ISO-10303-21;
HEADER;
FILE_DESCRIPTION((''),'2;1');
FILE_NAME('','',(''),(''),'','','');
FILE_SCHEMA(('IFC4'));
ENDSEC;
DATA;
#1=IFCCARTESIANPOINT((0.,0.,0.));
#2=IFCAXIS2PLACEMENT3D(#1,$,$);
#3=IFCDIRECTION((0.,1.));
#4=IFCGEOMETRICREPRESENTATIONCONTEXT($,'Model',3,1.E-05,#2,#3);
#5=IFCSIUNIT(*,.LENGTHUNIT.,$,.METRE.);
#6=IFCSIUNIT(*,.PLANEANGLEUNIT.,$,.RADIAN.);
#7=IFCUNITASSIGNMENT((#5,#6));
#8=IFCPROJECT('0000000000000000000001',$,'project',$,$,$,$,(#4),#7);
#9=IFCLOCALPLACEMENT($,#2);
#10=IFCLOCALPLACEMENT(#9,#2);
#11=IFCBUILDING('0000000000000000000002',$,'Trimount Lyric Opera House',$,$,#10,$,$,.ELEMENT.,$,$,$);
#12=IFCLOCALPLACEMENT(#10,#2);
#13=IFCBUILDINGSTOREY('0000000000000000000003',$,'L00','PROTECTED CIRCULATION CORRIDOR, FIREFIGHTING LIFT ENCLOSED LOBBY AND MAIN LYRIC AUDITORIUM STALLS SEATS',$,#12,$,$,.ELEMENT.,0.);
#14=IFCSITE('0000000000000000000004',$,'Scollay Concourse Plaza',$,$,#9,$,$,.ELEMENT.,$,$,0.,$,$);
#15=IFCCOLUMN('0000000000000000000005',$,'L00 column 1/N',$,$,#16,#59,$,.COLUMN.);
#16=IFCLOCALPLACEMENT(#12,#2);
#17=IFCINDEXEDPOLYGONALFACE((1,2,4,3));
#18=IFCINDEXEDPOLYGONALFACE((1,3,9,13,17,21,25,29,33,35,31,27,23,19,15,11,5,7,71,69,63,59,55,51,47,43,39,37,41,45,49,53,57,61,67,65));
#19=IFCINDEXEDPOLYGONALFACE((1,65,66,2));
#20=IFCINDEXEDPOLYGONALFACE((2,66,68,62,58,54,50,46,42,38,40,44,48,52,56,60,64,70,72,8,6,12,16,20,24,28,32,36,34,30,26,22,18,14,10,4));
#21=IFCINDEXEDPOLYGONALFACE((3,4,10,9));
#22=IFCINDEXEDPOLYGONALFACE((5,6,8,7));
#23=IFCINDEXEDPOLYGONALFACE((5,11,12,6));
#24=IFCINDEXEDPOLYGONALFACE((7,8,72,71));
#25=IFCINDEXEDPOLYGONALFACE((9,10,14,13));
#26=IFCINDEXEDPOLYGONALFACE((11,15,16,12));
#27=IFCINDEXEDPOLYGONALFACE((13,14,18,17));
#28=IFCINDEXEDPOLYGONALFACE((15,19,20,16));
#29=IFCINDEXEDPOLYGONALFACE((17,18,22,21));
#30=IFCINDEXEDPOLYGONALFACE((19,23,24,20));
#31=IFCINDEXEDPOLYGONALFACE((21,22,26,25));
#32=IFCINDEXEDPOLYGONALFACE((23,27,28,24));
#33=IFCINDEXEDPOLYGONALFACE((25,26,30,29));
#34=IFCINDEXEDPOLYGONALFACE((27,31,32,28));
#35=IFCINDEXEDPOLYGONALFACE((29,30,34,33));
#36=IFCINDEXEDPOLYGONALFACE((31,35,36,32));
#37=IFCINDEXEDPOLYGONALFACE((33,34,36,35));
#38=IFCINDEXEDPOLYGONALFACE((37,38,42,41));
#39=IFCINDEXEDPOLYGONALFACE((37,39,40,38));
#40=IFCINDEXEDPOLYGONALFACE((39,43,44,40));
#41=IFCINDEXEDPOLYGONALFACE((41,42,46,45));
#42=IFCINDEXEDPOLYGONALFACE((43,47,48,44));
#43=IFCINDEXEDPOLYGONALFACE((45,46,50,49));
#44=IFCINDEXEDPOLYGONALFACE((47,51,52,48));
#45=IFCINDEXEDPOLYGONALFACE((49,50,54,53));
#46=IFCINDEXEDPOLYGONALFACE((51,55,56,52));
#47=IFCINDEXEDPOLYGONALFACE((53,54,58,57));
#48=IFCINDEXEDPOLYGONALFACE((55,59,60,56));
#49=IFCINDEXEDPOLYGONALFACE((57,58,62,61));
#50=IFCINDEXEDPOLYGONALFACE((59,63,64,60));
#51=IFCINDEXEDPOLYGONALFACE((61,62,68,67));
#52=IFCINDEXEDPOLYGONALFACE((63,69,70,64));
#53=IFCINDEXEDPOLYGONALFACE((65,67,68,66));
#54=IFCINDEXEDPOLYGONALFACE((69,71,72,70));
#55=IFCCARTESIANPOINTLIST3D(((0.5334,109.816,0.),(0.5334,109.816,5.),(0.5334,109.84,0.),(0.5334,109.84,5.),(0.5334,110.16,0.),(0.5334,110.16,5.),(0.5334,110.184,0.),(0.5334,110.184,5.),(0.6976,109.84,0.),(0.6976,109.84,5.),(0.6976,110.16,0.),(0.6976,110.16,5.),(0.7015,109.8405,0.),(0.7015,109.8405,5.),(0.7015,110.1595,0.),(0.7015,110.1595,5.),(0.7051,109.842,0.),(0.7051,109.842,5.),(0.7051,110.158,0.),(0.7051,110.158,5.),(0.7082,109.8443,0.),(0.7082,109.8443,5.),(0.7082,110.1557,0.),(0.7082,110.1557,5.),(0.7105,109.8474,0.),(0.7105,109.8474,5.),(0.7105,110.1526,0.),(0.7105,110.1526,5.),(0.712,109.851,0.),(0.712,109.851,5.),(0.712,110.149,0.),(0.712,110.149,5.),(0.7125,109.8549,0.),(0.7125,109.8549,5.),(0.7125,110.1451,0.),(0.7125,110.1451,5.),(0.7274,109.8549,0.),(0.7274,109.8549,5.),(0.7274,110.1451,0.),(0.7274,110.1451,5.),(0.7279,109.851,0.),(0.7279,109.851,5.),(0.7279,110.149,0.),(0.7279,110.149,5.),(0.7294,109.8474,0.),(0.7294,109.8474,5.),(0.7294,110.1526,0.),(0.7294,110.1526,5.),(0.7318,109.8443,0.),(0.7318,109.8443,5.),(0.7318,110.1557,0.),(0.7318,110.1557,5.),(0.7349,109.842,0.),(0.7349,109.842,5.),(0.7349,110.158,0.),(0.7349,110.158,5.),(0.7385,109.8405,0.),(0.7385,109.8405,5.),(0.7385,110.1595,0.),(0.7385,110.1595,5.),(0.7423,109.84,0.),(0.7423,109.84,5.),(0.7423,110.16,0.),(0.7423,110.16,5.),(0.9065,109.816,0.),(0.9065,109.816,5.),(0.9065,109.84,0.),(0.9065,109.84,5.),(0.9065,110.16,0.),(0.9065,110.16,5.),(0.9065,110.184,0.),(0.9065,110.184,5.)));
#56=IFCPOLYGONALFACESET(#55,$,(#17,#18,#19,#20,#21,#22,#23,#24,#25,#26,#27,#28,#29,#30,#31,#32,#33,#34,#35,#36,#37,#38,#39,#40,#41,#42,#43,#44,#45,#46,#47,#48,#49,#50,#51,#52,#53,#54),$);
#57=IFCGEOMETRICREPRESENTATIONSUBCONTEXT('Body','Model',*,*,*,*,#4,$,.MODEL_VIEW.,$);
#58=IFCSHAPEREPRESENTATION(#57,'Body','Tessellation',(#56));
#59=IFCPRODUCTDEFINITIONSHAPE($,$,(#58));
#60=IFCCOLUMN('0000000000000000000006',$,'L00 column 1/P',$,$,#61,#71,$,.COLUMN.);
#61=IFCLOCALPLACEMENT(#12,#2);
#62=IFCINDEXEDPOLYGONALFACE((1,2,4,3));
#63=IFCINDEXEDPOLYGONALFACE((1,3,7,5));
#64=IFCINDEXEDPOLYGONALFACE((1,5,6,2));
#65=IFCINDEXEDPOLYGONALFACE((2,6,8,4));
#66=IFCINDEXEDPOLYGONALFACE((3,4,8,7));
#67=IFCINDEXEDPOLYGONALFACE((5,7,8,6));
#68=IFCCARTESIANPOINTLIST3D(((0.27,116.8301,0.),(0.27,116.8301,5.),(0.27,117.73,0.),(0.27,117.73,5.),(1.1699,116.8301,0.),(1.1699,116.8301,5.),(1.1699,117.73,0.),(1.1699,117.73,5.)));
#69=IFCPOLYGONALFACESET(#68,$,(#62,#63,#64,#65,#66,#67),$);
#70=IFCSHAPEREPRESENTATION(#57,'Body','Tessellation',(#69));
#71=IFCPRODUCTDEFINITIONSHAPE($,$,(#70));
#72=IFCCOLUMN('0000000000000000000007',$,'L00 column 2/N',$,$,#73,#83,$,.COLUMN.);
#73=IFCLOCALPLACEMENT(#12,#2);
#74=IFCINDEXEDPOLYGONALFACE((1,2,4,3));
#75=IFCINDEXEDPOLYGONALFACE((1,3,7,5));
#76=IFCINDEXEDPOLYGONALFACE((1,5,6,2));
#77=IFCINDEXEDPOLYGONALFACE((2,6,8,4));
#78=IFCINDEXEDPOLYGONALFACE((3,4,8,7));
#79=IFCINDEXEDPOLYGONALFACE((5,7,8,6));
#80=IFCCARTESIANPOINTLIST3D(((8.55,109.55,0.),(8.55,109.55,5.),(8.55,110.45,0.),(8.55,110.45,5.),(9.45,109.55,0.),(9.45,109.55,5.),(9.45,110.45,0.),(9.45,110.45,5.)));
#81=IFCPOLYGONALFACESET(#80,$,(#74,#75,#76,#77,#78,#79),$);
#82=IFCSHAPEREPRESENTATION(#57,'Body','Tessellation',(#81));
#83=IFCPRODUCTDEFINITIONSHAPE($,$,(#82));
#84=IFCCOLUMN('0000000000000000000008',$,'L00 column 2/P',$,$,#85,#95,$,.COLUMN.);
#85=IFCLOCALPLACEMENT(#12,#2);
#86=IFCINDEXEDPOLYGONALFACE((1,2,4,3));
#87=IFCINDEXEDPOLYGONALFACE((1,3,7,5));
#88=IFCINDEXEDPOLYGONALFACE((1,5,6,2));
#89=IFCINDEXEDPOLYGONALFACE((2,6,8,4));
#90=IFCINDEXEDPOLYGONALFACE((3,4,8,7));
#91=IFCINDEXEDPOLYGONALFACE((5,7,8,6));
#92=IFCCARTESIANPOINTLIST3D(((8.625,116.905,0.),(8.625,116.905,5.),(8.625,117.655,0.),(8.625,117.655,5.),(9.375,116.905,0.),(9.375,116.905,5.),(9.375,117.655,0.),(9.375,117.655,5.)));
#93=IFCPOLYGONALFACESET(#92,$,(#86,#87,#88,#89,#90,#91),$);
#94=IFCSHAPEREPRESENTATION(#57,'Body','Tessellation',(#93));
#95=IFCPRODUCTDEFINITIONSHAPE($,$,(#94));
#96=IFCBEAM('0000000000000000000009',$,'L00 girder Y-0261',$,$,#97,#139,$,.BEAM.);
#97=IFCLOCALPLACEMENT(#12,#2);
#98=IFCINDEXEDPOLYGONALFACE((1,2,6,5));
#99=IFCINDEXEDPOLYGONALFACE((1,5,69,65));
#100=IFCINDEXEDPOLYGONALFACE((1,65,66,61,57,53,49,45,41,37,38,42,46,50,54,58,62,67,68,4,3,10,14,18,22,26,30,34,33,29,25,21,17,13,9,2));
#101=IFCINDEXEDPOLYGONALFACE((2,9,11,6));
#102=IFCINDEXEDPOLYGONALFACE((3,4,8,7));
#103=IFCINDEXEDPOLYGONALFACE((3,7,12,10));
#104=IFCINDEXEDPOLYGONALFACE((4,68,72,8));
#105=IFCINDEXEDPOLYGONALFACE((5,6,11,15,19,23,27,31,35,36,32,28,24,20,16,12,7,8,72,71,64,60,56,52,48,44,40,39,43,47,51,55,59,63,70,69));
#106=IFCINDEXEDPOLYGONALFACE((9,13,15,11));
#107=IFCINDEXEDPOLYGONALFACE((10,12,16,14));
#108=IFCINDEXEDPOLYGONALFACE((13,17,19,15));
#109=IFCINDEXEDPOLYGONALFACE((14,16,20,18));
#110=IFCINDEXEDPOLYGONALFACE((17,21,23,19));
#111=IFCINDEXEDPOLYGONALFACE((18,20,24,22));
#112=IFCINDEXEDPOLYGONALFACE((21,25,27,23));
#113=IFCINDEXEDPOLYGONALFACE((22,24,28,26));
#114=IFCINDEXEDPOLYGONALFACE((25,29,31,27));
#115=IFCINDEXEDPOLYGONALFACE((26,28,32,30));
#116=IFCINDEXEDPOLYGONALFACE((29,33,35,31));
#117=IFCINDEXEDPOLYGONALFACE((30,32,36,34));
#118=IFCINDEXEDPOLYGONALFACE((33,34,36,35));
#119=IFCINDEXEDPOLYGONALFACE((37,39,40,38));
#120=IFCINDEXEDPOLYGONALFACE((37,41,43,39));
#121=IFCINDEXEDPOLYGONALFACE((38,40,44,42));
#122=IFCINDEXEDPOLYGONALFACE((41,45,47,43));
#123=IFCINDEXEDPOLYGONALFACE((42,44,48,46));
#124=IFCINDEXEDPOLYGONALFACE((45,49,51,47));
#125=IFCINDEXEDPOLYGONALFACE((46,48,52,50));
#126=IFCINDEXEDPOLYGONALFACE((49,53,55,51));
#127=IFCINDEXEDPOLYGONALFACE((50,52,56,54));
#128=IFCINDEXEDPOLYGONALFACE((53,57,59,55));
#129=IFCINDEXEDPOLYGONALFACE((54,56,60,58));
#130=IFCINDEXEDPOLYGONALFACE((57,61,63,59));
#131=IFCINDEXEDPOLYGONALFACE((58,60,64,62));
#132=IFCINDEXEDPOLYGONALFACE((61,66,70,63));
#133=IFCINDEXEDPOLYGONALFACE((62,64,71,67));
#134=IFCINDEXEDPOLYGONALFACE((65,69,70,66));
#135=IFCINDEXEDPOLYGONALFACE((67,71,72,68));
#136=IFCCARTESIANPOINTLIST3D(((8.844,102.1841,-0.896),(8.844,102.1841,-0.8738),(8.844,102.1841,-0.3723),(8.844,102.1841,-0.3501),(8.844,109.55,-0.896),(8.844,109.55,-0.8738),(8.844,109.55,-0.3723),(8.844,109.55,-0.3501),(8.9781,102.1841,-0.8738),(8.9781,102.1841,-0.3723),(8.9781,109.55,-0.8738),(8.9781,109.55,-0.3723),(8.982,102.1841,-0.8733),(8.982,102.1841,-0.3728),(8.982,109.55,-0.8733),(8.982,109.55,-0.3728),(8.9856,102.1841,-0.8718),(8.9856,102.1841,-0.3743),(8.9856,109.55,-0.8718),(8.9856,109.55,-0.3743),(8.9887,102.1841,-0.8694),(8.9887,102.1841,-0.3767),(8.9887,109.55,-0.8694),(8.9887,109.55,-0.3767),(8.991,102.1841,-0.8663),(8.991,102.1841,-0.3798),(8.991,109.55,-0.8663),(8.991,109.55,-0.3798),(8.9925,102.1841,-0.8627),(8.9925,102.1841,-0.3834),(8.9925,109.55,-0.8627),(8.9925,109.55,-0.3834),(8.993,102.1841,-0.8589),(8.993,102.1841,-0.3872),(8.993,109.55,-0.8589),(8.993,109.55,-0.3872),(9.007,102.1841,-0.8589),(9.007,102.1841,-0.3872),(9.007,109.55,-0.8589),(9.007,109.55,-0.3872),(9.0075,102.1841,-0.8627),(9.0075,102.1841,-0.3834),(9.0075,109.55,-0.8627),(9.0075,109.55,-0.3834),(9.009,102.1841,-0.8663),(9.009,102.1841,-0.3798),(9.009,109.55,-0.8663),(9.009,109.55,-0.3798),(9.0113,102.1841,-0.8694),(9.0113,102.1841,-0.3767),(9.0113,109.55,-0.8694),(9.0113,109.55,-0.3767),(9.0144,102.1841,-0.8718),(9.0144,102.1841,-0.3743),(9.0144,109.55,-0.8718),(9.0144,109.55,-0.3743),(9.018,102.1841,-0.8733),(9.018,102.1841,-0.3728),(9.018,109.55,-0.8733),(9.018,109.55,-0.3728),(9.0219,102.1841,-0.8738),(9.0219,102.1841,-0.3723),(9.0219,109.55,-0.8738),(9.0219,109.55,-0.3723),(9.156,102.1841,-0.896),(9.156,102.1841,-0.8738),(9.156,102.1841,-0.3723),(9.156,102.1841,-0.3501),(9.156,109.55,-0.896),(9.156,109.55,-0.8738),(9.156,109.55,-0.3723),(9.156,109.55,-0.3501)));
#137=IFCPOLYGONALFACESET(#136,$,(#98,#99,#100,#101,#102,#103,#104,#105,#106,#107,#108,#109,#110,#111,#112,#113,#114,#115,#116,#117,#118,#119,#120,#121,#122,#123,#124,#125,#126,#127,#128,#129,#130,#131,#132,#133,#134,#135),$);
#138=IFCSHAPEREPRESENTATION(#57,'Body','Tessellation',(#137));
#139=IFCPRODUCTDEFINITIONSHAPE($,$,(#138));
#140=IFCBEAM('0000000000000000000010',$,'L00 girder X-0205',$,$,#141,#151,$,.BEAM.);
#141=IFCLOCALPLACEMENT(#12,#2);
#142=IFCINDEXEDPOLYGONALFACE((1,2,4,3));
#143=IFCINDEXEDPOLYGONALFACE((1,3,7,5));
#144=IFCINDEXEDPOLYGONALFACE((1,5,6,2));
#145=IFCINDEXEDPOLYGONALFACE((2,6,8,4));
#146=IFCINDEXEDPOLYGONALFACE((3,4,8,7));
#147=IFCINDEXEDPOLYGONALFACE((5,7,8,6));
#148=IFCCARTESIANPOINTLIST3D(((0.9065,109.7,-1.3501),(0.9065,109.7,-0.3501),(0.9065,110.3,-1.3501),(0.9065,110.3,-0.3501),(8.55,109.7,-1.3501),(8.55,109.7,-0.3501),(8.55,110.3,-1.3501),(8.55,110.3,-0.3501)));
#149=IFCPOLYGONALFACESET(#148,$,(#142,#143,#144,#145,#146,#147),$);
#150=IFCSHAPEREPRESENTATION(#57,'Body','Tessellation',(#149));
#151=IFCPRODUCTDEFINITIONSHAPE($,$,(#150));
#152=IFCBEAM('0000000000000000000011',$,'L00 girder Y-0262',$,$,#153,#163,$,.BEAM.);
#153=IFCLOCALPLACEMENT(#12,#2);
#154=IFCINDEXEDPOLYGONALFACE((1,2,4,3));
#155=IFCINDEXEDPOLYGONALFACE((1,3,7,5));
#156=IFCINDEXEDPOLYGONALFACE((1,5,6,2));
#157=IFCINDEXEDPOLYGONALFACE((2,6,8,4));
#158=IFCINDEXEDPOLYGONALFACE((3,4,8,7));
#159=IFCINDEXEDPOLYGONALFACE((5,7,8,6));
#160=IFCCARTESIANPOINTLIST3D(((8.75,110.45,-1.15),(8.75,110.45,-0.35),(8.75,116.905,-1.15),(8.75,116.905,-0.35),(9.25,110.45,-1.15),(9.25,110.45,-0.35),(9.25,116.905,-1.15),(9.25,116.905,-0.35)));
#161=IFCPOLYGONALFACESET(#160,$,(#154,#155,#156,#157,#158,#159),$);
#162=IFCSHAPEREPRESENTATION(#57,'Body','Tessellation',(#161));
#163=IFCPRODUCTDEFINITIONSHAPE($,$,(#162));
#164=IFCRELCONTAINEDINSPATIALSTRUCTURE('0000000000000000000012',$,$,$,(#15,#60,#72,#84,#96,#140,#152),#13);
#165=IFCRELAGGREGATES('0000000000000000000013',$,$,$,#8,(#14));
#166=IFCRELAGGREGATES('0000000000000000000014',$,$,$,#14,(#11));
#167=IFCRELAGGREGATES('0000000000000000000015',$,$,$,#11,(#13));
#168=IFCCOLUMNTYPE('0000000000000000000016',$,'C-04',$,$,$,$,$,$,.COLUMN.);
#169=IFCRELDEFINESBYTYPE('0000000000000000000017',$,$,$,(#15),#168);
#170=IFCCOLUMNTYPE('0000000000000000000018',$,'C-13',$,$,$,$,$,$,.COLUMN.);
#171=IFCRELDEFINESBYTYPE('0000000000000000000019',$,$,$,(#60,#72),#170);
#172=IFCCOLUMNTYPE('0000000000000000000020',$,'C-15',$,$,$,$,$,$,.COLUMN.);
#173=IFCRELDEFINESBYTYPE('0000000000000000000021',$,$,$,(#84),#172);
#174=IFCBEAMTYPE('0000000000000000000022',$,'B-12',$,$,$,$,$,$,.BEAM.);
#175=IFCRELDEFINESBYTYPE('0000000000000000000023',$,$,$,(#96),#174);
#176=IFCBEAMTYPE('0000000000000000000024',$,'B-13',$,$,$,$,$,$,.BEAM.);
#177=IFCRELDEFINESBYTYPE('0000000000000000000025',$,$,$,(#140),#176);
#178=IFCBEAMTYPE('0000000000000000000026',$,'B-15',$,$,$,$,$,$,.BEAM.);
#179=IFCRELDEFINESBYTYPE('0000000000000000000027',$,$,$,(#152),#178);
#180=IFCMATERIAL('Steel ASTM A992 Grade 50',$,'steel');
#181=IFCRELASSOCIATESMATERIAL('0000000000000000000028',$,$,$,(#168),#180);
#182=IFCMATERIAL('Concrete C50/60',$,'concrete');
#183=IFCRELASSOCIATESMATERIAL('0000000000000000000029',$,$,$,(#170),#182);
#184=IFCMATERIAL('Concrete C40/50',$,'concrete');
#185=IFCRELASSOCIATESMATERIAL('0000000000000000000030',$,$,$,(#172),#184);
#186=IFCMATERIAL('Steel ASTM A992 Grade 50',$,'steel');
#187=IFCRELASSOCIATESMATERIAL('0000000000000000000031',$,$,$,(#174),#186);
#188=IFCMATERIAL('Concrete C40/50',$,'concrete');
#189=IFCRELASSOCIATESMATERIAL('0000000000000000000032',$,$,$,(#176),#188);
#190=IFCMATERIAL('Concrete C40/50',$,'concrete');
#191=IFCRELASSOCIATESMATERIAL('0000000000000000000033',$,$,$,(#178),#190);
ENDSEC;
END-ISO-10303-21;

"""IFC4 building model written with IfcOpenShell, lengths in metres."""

from ifc_helpers import new_model, si_unit, direction, frame, origin, origin_2d, place, context, subcontext, project, spatial, rectangle, i_section, extrude, material, material_profile, profile_set, type_object, element, save


model = new_model("IFC4")

# Units and contexts
model_context = context("Model", 3, precision=1e-05, world=origin(), true_north=direction((0.0, 1.0)))
body_context = subcontext(model_context, "Body", "Model", "MODEL_VIEW")
ifc_project = project(units=[si_unit("LENGTHUNIT", "METRE"), si_unit("PLANEANGLEUNIT", "RADIAN")], contexts=[model_context])

# Site, building, storey
site_placement = place(None, origin())
site = spatial("IfcSite", under=ifc_project, at=site_placement, Name="Scollay Concourse Plaza", CompositionType="ELEMENT", RefElevation=0.0)
building_placement = place(site_placement, origin())
building = spatial("IfcBuilding", under=site, at=building_placement, Name="Trimount Lyric Opera House", CompositionType="ELEMENT")
storey_placement = place(building_placement, origin())
storey = spatial("IfcBuildingStorey", under=building, at=storey_placement, Name="L00", Description="PROTECTED CIRCULATION CORRIDOR, FIREFIGHTING LIFT ENCLOSED LOBBY AND MAIN LYRIC AUDITORIUM STALLS SEATS", CompositionType="ELEMENT", Elevation=0.0)

# Columns
ifc_material_1 = material(Name="Steel ASTM A992 Grade 50", Category="steel")
ifc_material_profile_1 = material_profile(ifc_material_1, i_section(OverallWidth=0.373, OverallDepth=0.3679, WebThickness=0.0149, FlangeThickness=0.0239, FilletRadius=0.0149, at=origin_2d()), Name="W14X120")
ifc_profile_set_1 = profile_set([ifc_material_profile_1], Name="Steel ASTM A992 Grade 50")
column_type_1 = type_object("IfcColumnType", Name="C-04", PredefinedType="COLUMN", material=ifc_profile_set_1)
column_1_placement = place(storey_placement, frame((0.72, 110.0, 0.0), z_axis=(0.0, 0.0, 1.0), x_axis=(1.0, 0.0, 0.0)))
element("IfcColumn", 1, at=column_1_placement, inside=storey, type_object=column_type_1, Name="L00 column 1/N", PredefinedType="COLUMN", context=body_context, shape_type="SweptSolid", body=[
    extrude(i_section(OverallWidth=0.373, OverallDepth=0.3679, WebThickness=0.0149, FlangeThickness=0.0239, FilletRadius=0.0149, at=origin_2d()), origin(), (0.0, 0.0, 1.0), 5.0),
])
ifc_material_2 = material(Name="Concrete C50/60", Category="concrete")
ifc_material_profile_2 = material_profile(ifc_material_2, rectangle(XDim=0.8999, YDim=0.8999, at=origin_2d()), Name="RC900X900")
ifc_profile_set_2 = profile_set([ifc_material_profile_2], Name="Concrete C50/60")
column_type_2 = type_object("IfcColumnType", Name="C-13", PredefinedType="COLUMN", material=ifc_profile_set_2)
for number, where, z_axis, x_axis, name in (
    (2, (0.72, 117.28, 0.0), (0.0, 0.0, 1.0), (1.0, 0.0, 0.0), "L00 column 1/P"),
    (3, (9.0, 110.0, 0.0), (0.0, 0.0, 1.0), (1.0, 0.0, 0.0), "L00 column 2/N"),
):
    element("IfcColumn", number, at=place(storey_placement, frame(where, z_axis=z_axis, x_axis=x_axis)), inside=storey, type_object=column_type_2, Name=name, PredefinedType="COLUMN", context=body_context, shape_type="SweptSolid", body=[
        extrude(rectangle(XDim=0.8999, YDim=0.8999, at=origin_2d()), origin(), (0.0, 0.0, 1.0), 5.0),
    ])
ifc_material_3 = material(Name="Concrete C40/50", Category="concrete")
ifc_material_profile_3 = material_profile(ifc_material_3, rectangle(XDim=0.75, YDim=0.75, at=origin_2d()), Name="RC750X750")
ifc_profile_set_3 = profile_set([ifc_material_profile_3], Name="Concrete C40/50")
column_type_3 = type_object("IfcColumnType", Name="C-15", PredefinedType="COLUMN", material=ifc_profile_set_3)
column_2_placement = place(storey_placement, frame((9.0, 117.28, 0.0), z_axis=(0.0, 0.0, 1.0), x_axis=(1.0, 0.0, 0.0)))
element("IfcColumn", 4, at=column_2_placement, inside=storey, type_object=column_type_3, Name="L00 column 2/P", PredefinedType="COLUMN", context=body_context, shape_type="SweptSolid", body=[
    extrude(rectangle(XDim=0.75, YDim=0.75, at=origin_2d()), origin(), (0.0, 0.0, 1.0), 5.0),
])

# Beams
ifc_material_4 = material(Name="Steel ASTM A992 Grade 50", Category="steel")
ifc_material_profile_4 = material_profile(ifc_material_4, i_section(OverallWidth=0.312, OverallDepth=0.5459, WebThickness=0.0139, FlangeThickness=0.0222, FilletRadius=0.0149, at=origin_2d()), Name="W21X111")
ifc_profile_set_4 = profile_set([ifc_material_profile_4], Name="Steel ASTM A992 Grade 50")
beam_type_1 = type_object("IfcBeamType", Name="B-12", PredefinedType="BEAM", material=ifc_profile_set_4)
beam_1_placement = place(storey_placement, frame((9.0, 102.1841, -0.623), z_axis=(0.0, 1.0, 0.0), x_axis=(-1.0, 0.0, 0.0)))
element("IfcBeam", 5, at=beam_1_placement, inside=storey, type_object=beam_type_1, Name="L00 girder Y-0261", PredefinedType="BEAM", context=body_context, shape_type="SweptSolid", body=[
    extrude(i_section(OverallWidth=0.312, OverallDepth=0.5459, WebThickness=0.0139, FlangeThickness=0.0222, FilletRadius=0.0149, at=origin_2d()), origin(), (0.0, 0.0, 1.0), 7.366),
])
ifc_material_5 = material(Name="Concrete C40/50", Category="concrete")
ifc_material_profile_5 = material_profile(ifc_material_5, rectangle(XDim=0.6001, YDim=1.0, at=origin_2d()), Name="RC600X1000")
ifc_profile_set_5 = profile_set([ifc_material_profile_5], Name="Concrete C40/50")
beam_type_2 = type_object("IfcBeamType", Name="B-13", PredefinedType="BEAM", material=ifc_profile_set_5)
beam_2_placement = place(storey_placement, frame((0.9065, 110.0, -0.8501), z_axis=(1.0, 0.0, 0.0), x_axis=(0.0, 1.0, 0.0)))
element("IfcBeam", 6, at=beam_2_placement, inside=storey, type_object=beam_type_2, Name="L00 girder X-0205", PredefinedType="BEAM", context=body_context, shape_type="SweptSolid", body=[
    extrude(rectangle(XDim=0.6001, YDim=1.0, at=origin_2d()), origin(), (0.0, 0.0, 1.0), 7.6436),
])
ifc_material_6 = material(Name="Concrete C40/50", Category="concrete")
ifc_material_profile_6 = material_profile(ifc_material_6, rectangle(XDim=0.5, YDim=0.8, at=origin_2d()), Name="RC500X800")
ifc_profile_set_6 = profile_set([ifc_material_profile_6], Name="Concrete C40/50")
beam_type_3 = type_object("IfcBeamType", Name="B-15", PredefinedType="BEAM", material=ifc_profile_set_6)
beam_3_placement = place(storey_placement, frame((9.0, 110.45, -0.75), z_axis=(0.0, 1.0, 0.0), x_axis=(-1.0, 0.0, 0.0)))
element("IfcBeam", 7, at=beam_3_placement, inside=storey, type_object=beam_type_3, Name="L00 girder Y-0262", PredefinedType="BEAM", context=body_context, shape_type="SweptSolid", body=[
    extrude(rectangle(XDim=0.5, YDim=0.8, at=origin_2d()), origin(), (0.0, 0.0, 1.0), 6.4551),
])

save(model, "model.ifc")
